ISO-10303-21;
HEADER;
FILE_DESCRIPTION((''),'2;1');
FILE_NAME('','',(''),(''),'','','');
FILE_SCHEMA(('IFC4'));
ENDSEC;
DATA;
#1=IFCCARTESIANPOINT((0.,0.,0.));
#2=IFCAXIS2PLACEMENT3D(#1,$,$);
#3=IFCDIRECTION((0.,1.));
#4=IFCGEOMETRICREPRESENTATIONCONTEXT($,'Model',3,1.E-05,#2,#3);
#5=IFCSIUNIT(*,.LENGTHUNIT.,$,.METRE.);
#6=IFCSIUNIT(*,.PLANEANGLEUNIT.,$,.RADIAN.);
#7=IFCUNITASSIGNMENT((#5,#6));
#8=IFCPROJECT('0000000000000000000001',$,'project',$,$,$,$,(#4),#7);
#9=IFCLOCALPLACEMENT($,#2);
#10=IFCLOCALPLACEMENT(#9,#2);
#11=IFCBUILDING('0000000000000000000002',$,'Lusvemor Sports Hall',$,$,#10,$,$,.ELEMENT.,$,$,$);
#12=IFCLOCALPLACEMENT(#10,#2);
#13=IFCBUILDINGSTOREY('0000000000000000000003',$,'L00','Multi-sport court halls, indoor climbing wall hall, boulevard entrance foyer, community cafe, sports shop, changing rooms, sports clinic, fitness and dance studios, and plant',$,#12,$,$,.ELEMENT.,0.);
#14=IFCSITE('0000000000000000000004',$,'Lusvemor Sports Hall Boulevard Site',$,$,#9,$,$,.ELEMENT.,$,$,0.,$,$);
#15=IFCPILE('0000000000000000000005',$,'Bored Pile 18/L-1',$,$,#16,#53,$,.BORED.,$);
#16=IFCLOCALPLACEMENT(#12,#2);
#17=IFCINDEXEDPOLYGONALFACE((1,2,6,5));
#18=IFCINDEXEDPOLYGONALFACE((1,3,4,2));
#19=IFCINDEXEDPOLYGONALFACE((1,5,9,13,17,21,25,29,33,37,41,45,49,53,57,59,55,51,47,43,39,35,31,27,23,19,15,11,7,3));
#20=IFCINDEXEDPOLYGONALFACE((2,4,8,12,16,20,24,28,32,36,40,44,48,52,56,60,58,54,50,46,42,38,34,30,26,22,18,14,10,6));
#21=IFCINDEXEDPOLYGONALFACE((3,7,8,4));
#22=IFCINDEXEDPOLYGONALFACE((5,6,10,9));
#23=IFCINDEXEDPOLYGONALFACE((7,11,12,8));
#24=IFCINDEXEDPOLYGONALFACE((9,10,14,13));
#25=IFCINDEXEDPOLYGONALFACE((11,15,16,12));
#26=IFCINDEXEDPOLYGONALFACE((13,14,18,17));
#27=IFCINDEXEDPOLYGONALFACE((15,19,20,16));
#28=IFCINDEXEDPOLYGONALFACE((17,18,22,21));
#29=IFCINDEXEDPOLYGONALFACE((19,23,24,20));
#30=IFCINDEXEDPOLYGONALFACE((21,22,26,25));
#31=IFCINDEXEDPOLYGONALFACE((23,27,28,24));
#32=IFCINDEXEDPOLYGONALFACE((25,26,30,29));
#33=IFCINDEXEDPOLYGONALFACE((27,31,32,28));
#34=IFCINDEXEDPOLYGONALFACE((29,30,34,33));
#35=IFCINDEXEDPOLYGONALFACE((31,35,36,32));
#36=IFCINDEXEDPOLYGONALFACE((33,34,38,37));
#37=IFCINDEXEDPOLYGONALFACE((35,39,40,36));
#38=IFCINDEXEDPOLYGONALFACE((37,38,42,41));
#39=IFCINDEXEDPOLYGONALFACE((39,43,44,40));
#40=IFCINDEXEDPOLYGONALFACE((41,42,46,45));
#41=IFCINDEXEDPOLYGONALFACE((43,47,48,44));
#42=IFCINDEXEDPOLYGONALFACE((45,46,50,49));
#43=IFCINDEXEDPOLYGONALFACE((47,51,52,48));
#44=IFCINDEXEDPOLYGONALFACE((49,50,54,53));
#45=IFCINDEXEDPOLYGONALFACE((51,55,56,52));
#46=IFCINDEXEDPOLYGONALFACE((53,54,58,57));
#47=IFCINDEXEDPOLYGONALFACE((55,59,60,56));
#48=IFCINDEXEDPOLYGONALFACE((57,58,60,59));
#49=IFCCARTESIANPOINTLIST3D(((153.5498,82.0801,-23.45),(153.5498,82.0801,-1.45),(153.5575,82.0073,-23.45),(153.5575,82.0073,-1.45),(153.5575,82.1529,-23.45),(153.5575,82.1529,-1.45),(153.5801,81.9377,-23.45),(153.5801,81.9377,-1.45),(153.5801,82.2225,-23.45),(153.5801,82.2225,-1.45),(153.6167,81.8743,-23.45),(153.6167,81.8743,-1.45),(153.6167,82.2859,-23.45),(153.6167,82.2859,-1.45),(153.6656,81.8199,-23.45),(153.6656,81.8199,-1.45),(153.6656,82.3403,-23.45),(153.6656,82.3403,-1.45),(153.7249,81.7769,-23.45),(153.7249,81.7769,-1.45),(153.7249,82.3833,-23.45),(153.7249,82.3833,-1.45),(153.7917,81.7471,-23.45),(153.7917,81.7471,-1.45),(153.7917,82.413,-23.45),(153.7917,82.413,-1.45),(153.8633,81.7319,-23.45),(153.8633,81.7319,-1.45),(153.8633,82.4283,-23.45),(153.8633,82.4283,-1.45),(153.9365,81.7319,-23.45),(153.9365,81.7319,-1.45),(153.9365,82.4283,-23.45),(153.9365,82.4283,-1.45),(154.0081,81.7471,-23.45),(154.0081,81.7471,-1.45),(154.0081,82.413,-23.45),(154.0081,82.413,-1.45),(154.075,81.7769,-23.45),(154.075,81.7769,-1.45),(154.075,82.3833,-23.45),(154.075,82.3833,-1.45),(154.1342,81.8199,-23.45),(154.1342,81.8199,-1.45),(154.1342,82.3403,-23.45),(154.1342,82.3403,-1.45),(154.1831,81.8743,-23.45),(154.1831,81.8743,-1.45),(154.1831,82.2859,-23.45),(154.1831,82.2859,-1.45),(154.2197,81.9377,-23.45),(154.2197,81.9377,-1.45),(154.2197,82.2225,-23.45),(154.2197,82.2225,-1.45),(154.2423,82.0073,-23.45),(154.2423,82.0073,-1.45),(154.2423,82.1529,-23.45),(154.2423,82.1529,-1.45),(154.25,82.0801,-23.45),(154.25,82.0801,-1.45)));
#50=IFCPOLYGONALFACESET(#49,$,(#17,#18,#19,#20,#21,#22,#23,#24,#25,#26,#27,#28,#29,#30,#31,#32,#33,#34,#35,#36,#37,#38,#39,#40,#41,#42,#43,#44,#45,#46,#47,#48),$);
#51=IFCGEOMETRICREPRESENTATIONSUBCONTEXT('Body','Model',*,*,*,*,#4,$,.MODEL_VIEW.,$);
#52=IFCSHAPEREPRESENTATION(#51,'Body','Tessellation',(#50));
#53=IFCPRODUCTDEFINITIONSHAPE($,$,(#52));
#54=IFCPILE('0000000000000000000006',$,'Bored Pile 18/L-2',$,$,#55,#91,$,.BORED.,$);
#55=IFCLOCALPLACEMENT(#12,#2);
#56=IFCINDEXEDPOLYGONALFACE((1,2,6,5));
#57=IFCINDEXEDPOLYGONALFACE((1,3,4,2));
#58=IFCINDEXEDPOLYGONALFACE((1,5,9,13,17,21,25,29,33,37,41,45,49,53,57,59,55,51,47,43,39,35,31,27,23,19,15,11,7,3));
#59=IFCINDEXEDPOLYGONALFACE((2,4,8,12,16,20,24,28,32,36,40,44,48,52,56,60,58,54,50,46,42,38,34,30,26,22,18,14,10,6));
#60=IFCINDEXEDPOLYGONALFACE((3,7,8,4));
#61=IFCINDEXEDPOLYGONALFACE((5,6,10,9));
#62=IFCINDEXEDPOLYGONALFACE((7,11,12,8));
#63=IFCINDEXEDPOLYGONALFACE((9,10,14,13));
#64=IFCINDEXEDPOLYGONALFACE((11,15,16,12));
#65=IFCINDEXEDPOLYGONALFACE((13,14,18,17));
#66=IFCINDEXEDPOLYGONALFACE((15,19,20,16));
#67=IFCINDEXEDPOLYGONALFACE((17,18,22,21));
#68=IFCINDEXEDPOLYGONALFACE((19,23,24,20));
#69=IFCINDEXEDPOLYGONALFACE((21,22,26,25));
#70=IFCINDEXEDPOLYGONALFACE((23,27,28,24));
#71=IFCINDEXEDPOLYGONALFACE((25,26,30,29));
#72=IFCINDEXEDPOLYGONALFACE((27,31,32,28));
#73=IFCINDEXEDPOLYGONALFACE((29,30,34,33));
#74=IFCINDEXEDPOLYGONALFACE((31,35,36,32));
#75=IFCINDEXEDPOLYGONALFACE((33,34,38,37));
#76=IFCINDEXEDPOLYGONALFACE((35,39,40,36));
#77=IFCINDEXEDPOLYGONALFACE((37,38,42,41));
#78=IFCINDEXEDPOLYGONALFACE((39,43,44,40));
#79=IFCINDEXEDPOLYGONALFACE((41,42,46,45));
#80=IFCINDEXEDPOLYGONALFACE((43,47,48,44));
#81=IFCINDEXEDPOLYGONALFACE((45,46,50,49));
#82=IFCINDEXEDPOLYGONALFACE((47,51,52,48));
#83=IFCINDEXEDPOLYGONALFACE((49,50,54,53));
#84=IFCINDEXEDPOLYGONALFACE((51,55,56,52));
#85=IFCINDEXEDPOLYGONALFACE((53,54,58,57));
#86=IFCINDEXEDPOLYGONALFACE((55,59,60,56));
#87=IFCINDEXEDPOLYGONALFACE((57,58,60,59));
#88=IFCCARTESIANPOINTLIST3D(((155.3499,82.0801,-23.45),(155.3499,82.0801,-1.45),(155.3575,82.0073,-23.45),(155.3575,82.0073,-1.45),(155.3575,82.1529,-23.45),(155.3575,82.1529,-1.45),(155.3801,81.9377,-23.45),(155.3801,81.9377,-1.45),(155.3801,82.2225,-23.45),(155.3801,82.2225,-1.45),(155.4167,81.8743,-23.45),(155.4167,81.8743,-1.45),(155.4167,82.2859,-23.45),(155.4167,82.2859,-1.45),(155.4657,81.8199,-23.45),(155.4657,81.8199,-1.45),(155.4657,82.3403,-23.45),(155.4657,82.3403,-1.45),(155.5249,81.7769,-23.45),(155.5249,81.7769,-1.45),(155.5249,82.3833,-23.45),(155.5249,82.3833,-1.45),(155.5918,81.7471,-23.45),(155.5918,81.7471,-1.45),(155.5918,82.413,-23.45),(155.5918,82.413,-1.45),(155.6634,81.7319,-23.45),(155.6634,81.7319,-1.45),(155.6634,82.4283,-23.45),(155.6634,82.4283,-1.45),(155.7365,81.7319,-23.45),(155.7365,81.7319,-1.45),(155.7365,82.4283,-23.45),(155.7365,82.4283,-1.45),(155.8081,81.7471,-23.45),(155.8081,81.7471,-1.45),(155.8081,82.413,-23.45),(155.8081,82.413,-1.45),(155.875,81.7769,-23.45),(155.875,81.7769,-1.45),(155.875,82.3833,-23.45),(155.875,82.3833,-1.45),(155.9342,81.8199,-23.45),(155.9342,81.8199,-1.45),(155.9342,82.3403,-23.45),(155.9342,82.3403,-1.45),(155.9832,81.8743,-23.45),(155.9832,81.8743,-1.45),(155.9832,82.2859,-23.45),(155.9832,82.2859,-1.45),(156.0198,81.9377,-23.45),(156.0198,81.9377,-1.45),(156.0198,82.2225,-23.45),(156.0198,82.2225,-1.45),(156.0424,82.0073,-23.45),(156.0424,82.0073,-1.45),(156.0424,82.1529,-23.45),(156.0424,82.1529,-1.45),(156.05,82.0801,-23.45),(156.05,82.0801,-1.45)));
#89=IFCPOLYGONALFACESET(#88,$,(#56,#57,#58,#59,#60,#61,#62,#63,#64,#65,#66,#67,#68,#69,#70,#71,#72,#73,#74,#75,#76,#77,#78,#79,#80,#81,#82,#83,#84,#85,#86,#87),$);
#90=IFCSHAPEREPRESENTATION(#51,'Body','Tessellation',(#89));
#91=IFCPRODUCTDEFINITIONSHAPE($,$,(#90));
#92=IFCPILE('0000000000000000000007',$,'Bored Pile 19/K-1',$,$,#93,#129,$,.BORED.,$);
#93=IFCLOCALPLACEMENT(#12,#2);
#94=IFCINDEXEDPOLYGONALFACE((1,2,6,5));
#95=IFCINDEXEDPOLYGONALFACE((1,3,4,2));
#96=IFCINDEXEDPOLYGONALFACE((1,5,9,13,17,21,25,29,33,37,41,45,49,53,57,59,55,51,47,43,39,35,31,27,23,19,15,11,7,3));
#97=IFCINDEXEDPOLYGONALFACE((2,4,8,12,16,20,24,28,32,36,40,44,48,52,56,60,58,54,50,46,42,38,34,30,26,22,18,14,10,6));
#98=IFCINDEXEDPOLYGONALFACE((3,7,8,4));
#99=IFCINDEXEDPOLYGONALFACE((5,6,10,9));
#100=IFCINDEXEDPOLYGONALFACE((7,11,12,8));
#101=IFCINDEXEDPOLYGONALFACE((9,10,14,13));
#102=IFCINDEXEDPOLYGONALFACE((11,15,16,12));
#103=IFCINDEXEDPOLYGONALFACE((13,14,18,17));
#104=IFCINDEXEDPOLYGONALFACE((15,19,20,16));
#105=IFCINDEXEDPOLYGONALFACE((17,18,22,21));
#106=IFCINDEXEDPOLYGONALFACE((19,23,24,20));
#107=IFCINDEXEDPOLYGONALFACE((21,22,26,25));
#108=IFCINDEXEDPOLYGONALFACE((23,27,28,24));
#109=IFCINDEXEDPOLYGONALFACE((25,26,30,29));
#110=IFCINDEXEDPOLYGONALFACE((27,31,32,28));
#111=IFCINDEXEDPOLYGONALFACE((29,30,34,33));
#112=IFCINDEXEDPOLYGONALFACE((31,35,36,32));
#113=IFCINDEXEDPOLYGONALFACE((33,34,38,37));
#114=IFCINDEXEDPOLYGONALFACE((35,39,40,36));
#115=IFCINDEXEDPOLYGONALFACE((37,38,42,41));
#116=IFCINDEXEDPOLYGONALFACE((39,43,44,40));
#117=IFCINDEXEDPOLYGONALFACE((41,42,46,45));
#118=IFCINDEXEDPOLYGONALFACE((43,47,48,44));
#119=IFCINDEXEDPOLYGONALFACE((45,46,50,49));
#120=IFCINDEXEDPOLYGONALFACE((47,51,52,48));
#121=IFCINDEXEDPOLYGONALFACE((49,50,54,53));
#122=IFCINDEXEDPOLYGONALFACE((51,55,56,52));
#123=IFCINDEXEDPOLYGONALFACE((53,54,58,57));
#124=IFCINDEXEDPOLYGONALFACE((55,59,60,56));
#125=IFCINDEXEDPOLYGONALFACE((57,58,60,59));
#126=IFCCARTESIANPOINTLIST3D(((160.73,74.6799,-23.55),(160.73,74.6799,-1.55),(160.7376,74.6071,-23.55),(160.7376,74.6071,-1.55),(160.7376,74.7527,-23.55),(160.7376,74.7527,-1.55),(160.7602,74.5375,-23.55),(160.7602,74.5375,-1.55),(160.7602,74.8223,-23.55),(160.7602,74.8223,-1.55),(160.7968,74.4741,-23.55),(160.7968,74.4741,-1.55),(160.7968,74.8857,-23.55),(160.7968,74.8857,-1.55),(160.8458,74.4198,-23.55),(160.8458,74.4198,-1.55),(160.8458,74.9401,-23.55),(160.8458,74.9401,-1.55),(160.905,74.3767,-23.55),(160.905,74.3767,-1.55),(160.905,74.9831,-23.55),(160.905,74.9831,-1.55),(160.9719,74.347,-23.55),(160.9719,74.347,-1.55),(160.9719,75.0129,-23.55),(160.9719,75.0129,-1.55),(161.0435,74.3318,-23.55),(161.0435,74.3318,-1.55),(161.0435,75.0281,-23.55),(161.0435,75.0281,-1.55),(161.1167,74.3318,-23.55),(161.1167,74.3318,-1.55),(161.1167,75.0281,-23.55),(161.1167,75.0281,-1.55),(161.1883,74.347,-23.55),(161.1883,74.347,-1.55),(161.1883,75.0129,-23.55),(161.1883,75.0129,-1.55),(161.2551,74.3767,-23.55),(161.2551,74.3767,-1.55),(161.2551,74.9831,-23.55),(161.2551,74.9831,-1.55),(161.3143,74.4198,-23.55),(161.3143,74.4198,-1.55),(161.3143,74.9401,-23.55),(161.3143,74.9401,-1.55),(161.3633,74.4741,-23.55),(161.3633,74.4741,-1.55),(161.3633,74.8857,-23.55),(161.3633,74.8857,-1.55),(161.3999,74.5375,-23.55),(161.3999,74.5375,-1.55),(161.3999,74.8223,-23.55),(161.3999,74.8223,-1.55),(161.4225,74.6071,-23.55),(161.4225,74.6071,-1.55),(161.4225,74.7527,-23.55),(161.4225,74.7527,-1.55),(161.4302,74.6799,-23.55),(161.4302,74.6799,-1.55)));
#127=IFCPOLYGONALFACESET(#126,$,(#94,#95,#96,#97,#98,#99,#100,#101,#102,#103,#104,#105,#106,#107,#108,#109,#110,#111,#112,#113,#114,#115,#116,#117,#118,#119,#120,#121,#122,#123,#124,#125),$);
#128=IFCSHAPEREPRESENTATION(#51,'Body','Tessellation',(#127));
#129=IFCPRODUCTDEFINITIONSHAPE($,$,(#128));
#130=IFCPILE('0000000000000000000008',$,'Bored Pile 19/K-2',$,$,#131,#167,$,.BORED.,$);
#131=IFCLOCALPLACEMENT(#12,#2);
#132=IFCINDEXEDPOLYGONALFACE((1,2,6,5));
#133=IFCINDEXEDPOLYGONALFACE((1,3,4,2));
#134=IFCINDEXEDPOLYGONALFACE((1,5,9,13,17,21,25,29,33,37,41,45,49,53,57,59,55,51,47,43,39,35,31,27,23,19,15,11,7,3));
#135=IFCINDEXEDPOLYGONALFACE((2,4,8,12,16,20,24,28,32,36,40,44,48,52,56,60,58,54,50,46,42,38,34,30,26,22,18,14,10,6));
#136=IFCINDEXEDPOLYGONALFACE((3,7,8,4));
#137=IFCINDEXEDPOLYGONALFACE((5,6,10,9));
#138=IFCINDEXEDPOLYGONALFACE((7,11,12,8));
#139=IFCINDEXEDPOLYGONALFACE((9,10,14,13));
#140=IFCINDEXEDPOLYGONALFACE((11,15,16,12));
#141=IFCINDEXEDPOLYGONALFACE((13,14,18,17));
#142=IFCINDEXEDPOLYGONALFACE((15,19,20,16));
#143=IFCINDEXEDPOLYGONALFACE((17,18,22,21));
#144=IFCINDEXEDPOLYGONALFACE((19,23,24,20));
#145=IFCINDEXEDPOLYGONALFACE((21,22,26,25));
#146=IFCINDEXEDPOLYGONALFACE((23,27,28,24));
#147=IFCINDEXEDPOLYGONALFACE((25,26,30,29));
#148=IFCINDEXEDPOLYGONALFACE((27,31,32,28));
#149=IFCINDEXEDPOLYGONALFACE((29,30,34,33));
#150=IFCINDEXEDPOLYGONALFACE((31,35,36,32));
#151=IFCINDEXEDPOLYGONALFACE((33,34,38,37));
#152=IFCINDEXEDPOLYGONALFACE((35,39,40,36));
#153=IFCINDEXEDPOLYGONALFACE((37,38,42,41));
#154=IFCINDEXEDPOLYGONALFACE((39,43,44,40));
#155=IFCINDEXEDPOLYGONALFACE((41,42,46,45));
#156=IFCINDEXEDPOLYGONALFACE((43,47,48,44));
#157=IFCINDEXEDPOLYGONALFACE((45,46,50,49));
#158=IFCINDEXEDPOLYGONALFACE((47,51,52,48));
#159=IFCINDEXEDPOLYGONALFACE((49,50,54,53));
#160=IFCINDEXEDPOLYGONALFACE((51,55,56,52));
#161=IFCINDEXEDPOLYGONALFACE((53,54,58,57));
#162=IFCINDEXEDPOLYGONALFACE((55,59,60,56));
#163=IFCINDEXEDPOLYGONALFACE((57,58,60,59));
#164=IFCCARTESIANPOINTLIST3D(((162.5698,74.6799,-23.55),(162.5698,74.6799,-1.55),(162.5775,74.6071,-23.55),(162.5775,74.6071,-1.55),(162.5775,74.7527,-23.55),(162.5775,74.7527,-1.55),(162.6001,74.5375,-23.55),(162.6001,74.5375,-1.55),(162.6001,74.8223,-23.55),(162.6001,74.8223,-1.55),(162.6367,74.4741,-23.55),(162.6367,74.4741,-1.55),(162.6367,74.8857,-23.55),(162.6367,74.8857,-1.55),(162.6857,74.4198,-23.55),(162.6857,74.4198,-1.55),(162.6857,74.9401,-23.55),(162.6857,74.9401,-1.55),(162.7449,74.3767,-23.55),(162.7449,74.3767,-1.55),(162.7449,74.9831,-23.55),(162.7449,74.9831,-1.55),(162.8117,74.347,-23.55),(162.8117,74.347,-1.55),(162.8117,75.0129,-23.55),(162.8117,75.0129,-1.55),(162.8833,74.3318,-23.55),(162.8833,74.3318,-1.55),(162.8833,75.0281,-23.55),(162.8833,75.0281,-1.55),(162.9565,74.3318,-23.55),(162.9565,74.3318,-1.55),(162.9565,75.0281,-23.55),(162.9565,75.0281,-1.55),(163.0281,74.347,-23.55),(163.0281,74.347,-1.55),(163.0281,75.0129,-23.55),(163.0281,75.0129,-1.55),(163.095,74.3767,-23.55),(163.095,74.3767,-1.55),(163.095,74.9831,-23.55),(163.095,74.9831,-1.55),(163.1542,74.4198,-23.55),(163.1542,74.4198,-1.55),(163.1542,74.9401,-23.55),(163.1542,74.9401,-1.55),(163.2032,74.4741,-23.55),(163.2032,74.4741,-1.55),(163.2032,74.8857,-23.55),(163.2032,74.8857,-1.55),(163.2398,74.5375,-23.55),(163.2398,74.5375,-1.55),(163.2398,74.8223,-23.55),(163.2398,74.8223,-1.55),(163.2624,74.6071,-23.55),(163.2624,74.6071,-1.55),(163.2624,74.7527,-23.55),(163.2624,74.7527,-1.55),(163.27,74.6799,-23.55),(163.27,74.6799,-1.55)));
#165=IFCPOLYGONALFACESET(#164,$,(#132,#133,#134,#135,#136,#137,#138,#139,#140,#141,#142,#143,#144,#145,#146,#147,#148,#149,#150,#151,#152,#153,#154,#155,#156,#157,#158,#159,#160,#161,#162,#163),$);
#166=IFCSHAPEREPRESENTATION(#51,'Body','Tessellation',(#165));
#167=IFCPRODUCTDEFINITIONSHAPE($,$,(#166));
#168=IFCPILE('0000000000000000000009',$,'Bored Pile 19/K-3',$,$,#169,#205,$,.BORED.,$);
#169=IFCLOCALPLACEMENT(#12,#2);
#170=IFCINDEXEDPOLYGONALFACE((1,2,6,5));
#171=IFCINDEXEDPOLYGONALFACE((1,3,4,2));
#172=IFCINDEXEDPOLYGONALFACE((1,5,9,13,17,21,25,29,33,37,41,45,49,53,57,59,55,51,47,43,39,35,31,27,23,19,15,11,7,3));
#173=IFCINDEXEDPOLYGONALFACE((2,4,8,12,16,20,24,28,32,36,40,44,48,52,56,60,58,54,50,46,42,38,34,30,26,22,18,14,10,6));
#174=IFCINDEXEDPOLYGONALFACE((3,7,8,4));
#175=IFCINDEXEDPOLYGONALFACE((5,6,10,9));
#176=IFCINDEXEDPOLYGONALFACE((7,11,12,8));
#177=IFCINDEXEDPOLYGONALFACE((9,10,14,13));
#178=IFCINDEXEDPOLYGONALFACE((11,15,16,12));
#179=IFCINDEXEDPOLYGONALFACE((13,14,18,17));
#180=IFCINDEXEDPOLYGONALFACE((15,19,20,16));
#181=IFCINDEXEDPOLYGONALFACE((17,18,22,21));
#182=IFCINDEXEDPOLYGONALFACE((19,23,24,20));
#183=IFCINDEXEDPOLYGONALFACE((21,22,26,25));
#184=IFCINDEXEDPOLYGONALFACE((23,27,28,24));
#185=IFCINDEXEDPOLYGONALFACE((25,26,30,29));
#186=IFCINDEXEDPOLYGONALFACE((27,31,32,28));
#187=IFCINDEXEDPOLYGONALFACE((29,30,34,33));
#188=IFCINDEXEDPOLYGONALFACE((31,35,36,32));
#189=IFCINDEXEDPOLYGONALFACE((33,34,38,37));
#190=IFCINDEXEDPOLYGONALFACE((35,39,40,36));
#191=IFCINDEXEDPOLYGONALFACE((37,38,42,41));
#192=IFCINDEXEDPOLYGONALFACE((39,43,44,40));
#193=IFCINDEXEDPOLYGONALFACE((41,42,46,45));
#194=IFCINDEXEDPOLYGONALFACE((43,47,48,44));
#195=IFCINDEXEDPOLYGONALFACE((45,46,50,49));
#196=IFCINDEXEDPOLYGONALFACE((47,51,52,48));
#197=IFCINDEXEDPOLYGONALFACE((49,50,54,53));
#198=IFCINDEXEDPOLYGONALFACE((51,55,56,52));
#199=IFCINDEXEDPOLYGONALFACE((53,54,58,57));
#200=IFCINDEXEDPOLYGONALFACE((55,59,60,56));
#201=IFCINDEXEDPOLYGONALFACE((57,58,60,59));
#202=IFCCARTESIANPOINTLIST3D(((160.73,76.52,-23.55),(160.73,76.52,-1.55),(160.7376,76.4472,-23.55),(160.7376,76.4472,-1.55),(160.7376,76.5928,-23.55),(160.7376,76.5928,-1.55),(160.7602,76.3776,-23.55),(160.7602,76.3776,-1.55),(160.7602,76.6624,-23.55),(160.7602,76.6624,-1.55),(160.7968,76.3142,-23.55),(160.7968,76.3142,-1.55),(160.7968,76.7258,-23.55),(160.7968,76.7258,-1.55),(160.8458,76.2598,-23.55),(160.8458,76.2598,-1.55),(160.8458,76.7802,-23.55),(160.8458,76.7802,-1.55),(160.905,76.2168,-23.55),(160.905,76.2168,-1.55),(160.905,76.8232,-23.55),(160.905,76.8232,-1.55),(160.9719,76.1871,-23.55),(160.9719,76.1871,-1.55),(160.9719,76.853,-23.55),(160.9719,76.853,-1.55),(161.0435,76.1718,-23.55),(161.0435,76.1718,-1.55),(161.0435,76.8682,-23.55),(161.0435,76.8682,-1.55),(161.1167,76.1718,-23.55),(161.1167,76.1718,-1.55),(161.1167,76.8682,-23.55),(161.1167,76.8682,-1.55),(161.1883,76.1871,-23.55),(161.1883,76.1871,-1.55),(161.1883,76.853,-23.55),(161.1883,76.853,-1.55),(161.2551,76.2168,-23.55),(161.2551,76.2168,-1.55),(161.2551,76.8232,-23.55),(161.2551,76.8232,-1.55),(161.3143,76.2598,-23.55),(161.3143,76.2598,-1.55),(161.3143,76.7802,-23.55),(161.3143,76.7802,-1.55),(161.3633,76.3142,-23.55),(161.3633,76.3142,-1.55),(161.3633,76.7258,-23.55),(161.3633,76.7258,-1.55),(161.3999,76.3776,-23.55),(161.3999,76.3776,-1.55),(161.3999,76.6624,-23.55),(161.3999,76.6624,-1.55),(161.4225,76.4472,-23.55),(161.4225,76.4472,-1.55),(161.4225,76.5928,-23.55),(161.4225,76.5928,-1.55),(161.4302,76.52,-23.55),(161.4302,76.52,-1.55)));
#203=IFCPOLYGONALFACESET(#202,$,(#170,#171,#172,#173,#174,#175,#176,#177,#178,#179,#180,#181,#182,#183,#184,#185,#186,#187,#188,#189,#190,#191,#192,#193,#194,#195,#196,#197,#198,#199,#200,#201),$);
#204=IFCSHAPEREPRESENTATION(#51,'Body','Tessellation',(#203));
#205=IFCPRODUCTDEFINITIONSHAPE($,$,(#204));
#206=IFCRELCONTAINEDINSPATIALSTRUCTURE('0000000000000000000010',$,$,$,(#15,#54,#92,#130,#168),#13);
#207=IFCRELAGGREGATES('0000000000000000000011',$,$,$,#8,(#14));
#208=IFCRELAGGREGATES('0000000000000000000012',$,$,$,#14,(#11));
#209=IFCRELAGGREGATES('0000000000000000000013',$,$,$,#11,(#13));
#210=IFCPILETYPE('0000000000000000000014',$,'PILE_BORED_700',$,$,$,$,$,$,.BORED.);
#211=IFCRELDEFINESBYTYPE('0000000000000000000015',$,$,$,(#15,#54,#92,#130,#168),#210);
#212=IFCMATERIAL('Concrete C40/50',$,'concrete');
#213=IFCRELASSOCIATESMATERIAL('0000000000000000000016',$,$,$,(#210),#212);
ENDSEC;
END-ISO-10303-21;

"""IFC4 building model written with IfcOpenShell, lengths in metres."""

from ifc_helpers import new_model, si_unit, direction, frame, origin, origin_2d, place, context, subcontext, project, spatial, circle, extrude, material, material_profile, profile_set, type_object, element, save


model = new_model("IFC4")

# Units and contexts
model_context = context("Model", 3, precision=1e-05, world=origin(), true_north=direction((0.0, 1.0)))
body_context = subcontext(model_context, "Body", "Model", "MODEL_VIEW")
ifc_project = project(units=[si_unit("LENGTHUNIT", "METRE"), si_unit("PLANEANGLEUNIT", "RADIAN")], contexts=[model_context])

# Site, building, storey
site_placement = place(None, origin())
site = spatial("IfcSite", under=ifc_project, at=site_placement, Name="Lusvemor Sports Hall Boulevard Site", CompositionType="ELEMENT", RefElevation=0.0)
building_placement = place(site_placement, origin())
building = spatial("IfcBuilding", under=site, at=building_placement, Name="Lusvemor Sports Hall", CompositionType="ELEMENT")
storey_placement = place(building_placement, origin())
storey = spatial("IfcBuildingStorey", under=building, at=storey_placement, Name="L00", Description="Multi-sport court halls, indoor climbing wall hall, boulevard entrance foyer, community cafe, sports shop, changing rooms, sports clinic, fitness and dance studios, and plant", CompositionType="ELEMENT", Elevation=0.0)

# Piles
ifc_material_1 = material(Name="Concrete C40/50", Category="concrete")
ifc_material_profile_1 = material_profile(ifc_material_1, circle(Radius=0.3501, at=origin_2d()), Name="PILE700")
ifc_profile_set_1 = profile_set([ifc_material_profile_1], Name="Concrete C40/50")
pile_type = type_object("IfcPileType", Name="PILE_BORED_700", PredefinedType="BORED", material=ifc_profile_set_1)
for number, where, z_axis, x_axis, name in (
    (1, (153.8999, 82.0801, -1.45), (0.0, 0.0, -1.0), (1.0, 0.0, 0.0), "Bored Pile 18/L-1"),
    (2, (155.7, 82.0801, -1.45), (0.0, 0.0, -1.0), (1.0, 0.0, 0.0), "Bored Pile 18/L-2"),
    (3, (161.0801, 74.6799, -1.55), (0.0, 0.0, -1.0), (1.0, 0.0, 0.0), "Bored Pile 19/K-1"),
    (4, (162.9199, 74.6799, -1.55), (0.0, 0.0, -1.0), (1.0, 0.0, 0.0), "Bored Pile 19/K-2"),
    (5, (161.0801, 76.52, -1.55), (0.0, 0.0, -1.0), (1.0, 0.0, 0.0), "Bored Pile 19/K-3"),
):
    element("IfcPile", number, at=place(storey_placement, frame(where, z_axis=z_axis, x_axis=x_axis)), inside=storey, type_object=pile_type, Name=name, PredefinedType="BORED", context=body_context, shape_type="SweptSolid", body=[
        extrude(circle(Radius=0.3501, at=origin_2d()), origin(), (0.0, 0.0, 1.0), 22.0),
    ])

save(model, "model.ifc")
